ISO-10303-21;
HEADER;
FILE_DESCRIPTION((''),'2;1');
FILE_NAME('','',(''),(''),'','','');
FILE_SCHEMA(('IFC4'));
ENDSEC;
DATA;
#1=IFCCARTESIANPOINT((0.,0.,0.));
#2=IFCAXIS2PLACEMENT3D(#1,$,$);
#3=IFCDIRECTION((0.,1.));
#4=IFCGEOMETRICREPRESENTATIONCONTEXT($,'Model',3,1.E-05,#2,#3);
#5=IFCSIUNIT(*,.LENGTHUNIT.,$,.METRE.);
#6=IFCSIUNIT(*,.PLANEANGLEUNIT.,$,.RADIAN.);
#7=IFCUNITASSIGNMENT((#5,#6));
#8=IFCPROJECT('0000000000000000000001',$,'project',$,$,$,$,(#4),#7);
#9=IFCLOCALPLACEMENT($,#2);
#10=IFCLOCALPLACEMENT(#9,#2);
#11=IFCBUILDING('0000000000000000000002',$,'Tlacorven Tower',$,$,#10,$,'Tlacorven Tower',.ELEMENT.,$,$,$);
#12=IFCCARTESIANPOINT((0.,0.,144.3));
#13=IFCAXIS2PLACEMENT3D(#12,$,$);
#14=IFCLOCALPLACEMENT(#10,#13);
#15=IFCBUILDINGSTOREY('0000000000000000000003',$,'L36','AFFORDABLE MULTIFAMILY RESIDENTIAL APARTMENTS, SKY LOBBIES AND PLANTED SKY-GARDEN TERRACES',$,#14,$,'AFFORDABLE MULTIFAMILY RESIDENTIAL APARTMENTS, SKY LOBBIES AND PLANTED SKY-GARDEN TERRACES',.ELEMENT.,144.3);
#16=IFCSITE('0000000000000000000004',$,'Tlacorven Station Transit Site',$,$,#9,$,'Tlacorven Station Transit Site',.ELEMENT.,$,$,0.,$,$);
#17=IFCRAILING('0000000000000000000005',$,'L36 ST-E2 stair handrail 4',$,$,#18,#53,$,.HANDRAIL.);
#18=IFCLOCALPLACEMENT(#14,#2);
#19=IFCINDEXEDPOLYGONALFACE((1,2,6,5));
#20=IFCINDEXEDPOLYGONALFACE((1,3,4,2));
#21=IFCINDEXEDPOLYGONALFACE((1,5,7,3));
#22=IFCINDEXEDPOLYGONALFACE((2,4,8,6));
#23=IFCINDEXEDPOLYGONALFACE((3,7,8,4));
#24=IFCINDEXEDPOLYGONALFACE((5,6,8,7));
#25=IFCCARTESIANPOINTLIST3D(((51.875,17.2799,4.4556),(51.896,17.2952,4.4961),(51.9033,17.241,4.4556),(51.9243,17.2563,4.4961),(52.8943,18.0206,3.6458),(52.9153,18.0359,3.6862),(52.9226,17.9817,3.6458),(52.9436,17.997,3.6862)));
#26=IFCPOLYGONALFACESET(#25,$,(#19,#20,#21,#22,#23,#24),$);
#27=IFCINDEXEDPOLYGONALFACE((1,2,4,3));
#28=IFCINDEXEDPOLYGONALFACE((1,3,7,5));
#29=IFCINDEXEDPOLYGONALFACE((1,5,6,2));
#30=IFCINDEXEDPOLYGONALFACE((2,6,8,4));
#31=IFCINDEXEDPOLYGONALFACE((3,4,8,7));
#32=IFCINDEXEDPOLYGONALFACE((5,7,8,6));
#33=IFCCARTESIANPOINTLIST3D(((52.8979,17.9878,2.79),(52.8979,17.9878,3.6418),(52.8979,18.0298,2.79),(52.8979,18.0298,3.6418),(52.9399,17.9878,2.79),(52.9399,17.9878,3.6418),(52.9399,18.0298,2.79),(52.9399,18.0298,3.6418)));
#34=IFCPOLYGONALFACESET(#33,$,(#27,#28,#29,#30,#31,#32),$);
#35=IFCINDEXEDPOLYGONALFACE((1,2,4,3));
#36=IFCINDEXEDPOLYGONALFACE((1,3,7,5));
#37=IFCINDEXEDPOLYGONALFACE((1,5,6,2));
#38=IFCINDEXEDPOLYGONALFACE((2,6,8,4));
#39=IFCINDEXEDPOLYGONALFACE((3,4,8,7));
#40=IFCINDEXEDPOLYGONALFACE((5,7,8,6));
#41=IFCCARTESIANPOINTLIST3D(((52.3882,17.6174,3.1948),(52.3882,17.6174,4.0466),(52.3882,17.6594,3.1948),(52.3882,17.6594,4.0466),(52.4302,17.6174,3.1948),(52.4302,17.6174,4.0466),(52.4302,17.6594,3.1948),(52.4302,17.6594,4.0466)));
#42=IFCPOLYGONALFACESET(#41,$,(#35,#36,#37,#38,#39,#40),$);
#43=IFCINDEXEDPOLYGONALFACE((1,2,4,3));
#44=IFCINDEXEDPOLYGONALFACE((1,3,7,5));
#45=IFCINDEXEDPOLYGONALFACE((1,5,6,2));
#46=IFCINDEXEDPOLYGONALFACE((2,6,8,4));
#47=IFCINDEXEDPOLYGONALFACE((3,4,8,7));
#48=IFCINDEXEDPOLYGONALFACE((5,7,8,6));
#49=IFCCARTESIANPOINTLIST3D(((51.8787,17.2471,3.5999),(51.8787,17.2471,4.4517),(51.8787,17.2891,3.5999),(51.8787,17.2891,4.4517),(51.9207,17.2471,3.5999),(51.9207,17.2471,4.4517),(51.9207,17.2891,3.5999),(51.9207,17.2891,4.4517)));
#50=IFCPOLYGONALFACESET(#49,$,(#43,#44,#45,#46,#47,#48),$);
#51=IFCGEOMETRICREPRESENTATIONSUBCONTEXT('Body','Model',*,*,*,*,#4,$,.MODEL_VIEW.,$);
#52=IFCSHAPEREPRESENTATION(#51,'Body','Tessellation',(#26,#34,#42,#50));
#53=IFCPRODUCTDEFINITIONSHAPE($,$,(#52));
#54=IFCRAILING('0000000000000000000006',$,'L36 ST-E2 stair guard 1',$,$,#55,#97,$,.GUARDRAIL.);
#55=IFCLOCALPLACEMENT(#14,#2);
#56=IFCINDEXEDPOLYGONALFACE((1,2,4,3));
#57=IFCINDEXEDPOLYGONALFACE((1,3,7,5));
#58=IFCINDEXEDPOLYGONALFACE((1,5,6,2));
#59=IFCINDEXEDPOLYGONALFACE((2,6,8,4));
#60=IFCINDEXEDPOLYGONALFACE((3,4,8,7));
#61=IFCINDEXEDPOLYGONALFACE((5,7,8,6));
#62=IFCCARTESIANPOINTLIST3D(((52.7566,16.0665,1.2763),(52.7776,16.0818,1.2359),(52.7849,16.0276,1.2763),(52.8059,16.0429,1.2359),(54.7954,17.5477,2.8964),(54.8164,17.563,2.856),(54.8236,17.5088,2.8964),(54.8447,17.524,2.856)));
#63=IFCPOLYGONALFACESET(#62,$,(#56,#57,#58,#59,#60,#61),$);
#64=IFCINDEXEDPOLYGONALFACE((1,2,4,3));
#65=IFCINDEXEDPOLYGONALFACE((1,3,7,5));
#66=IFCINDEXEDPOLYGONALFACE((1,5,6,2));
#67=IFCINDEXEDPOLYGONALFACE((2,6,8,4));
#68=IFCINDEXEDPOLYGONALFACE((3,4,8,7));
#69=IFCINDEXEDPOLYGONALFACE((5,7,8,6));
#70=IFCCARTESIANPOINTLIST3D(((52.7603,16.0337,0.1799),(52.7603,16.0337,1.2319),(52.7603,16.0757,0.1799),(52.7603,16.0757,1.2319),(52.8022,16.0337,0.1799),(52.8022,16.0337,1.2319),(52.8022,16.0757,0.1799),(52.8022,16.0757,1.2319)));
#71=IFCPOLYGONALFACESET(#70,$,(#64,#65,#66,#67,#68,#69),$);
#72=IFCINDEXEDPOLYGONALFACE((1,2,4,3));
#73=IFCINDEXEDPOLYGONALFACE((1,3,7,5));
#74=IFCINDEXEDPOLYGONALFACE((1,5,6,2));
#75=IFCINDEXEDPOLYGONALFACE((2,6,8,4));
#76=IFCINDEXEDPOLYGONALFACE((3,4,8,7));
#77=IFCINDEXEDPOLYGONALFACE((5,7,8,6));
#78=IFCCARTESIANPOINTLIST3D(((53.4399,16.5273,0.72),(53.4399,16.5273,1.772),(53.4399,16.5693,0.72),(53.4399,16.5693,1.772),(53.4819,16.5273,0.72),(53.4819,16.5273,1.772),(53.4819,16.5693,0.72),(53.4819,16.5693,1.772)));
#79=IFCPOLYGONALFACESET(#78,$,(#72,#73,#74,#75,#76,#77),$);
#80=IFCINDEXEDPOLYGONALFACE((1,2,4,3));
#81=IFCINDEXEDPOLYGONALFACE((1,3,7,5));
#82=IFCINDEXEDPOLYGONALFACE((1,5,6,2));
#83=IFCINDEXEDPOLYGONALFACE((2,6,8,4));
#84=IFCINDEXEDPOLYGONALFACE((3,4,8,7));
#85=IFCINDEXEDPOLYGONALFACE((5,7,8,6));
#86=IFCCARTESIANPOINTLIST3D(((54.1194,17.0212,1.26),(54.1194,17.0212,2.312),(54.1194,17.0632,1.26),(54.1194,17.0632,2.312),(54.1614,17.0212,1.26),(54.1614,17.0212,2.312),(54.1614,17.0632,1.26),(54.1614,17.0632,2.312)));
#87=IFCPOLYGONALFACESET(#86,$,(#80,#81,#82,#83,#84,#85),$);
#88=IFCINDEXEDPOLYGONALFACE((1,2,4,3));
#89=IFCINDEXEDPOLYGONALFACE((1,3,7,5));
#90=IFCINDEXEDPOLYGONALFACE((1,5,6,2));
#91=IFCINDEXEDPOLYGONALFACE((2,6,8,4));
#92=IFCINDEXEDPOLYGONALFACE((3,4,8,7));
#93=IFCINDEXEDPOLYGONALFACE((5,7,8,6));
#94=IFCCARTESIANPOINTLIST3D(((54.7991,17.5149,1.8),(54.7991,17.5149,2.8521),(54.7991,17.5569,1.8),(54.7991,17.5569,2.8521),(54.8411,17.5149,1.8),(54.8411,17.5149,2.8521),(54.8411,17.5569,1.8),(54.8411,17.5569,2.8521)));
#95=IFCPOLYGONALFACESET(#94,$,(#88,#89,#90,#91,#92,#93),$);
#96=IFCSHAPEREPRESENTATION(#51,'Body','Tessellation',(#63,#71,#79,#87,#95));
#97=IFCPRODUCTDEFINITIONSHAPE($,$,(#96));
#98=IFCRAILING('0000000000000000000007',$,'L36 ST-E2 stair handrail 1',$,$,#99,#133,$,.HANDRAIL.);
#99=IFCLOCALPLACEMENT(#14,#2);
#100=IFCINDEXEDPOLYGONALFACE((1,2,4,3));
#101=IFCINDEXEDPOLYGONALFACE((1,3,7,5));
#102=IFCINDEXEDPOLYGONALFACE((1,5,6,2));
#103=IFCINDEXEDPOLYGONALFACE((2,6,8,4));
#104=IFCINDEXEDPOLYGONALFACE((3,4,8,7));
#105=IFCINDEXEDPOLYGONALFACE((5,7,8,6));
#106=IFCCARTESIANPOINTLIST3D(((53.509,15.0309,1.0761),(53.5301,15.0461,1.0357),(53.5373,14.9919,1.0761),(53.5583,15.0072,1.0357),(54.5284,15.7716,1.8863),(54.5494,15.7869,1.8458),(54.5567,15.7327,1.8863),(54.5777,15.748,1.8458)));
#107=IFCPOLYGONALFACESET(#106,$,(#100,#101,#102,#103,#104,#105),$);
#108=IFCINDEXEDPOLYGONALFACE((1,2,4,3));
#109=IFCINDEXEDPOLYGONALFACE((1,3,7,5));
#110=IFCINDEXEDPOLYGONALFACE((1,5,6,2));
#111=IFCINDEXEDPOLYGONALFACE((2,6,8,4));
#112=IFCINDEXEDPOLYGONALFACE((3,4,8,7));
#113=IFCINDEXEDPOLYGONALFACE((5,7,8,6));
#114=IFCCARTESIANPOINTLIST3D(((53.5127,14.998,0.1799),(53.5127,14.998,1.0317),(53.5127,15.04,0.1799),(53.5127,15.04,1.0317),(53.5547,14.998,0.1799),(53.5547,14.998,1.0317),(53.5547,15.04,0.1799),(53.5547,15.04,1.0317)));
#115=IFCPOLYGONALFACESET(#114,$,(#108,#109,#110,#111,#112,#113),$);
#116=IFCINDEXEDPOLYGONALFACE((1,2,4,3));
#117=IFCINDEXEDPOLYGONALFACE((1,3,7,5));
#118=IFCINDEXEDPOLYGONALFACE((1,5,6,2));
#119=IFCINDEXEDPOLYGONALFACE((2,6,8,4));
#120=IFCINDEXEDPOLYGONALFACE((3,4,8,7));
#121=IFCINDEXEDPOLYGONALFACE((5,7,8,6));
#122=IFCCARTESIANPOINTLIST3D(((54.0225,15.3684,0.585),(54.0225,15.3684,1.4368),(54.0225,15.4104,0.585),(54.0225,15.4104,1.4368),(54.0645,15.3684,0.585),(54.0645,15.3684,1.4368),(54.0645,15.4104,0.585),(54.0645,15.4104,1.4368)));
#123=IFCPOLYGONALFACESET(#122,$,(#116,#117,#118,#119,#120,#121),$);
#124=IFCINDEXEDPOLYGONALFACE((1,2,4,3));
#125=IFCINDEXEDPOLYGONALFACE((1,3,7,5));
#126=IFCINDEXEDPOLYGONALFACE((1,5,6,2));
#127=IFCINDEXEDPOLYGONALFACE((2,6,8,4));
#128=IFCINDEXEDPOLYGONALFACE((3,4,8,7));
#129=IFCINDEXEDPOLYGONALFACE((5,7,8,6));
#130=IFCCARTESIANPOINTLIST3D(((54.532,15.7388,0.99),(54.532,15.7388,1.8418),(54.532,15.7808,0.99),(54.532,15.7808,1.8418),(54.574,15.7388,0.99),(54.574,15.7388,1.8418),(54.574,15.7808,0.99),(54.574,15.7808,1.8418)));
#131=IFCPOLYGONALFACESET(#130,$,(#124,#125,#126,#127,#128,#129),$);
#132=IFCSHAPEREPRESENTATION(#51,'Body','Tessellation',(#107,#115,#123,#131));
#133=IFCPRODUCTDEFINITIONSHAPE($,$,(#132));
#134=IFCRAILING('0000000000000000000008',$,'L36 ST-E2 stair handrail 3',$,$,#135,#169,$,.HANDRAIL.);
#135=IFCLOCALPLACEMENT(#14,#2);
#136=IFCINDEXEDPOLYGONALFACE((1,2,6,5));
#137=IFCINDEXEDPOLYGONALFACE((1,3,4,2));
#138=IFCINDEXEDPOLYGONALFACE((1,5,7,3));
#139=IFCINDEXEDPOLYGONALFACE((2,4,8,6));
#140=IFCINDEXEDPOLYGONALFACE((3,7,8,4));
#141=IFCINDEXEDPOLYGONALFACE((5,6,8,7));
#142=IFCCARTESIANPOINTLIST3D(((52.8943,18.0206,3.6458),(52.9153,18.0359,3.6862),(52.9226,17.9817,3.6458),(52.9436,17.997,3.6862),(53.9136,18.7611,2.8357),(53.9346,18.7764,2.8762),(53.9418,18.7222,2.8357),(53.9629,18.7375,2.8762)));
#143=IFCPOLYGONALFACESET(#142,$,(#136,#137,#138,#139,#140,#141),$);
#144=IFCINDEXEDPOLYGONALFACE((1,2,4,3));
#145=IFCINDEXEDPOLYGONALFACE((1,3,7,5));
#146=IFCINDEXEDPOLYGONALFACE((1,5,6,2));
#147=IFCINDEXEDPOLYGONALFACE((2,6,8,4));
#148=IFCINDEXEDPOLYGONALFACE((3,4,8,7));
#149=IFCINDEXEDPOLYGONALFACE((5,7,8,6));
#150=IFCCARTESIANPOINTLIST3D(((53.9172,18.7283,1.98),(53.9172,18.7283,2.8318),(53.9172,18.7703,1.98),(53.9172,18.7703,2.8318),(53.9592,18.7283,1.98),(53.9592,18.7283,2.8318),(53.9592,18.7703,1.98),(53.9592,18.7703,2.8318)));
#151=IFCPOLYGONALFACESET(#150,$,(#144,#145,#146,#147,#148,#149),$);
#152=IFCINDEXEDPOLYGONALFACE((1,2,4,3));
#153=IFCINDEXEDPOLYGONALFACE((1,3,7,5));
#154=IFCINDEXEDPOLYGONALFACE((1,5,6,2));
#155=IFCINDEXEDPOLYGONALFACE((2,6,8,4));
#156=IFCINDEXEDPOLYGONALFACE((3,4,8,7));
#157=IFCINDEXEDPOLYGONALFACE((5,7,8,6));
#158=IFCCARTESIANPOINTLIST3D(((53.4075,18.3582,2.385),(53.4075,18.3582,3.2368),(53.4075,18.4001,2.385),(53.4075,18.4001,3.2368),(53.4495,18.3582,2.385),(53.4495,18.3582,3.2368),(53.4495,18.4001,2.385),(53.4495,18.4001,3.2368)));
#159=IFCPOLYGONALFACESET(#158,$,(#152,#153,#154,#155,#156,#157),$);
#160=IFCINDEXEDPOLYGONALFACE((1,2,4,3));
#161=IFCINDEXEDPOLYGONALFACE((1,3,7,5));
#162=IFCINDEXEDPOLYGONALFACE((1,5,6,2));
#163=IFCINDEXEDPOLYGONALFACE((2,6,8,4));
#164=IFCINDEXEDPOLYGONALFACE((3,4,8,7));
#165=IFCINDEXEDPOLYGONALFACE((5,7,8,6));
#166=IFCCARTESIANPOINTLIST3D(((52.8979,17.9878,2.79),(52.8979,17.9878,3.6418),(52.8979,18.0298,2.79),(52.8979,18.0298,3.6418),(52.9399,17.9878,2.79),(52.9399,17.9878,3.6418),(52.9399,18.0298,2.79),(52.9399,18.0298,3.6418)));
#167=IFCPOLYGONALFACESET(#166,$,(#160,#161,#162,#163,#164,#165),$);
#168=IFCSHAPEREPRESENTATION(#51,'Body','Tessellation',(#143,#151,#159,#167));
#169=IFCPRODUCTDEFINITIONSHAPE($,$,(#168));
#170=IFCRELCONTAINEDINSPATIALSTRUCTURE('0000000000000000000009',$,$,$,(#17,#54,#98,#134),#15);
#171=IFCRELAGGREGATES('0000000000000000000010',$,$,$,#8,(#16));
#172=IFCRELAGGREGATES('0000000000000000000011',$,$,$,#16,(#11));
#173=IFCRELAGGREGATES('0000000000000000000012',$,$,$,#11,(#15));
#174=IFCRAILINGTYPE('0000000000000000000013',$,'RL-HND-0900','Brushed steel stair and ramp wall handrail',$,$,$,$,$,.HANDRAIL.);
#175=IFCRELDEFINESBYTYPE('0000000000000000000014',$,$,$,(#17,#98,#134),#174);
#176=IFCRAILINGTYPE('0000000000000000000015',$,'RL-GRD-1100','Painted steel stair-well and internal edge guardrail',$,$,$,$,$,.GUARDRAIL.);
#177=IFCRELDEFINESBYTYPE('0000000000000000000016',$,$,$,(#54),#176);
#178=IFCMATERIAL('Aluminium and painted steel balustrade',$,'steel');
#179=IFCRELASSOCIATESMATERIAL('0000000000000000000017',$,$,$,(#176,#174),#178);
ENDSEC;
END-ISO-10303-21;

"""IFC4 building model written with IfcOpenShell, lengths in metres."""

from ifc_helpers import new_model, si_unit, direction, frame, origin, origin_2d, place, context, subcontext, project, spatial, rectangle, extrude, source, transform, mapped, material, type_object, element, save


model = new_model("IFC4")

# Units and contexts
model_context = context("Model", 3, precision=1e-05, world=origin(), true_north=direction((0.0, 1.0)))
body_context = subcontext(model_context, "Body", "Model", "MODEL_VIEW")
ifc_project = project(units=[si_unit("LENGTHUNIT", "METRE"), si_unit("PLANEANGLEUNIT", "RADIAN")], contexts=[model_context])

# Site, building, storey
site_placement = place(None, origin())
site = spatial("IfcSite", under=ifc_project, at=site_placement, Name="Tlacorven Station Transit Site", LongName="Tlacorven Station Transit Site", CompositionType="ELEMENT", RefElevation=0.0)
building_placement = place(site_placement, origin())
building = spatial("IfcBuilding", under=site, at=building_placement, Name="Tlacorven Tower", LongName="Tlacorven Tower", CompositionType="ELEMENT")
storey_placement = place(building_placement, frame((0.0, 0.0, 144.3)))
storey = spatial("IfcBuildingStorey", under=building, at=storey_placement, Name="L36", Description="AFFORDABLE MULTIFAMILY RESIDENTIAL APARTMENTS, SKY LOBBIES AND PLANTED SKY-GARDEN TERRACES", LongName="AFFORDABLE MULTIFAMILY RESIDENTIAL APARTMENTS, SKY LOBBIES AND PLANTED SKY-GARDEN TERRACES", CompositionType="ELEMENT", Elevation=144.3)

# Railings
ifc_material_1 = material(Name="Aluminium and painted steel balustrade", Category="steel")
railing_type_1 = type_object("IfcRailingType", Name="RL-GRD-1100", Description="Painted steel stair-well and internal edge guardrail", PredefinedType="GUARDRAIL", material=ifc_material_1)
railing_type_2 = type_object("IfcRailingType", Name="RL-HND-0900", Description="Brushed steel stair and ramp wall handrail", PredefinedType="HANDRAIL", material=ifc_material_1)
shared_shape_1 = source(origin(), body_context, "Body", "SweptSolid", [
    extrude(rectangle(XDim=0.0481, YDim=0.0481, at=origin_2d()), frame((0.0, 0.0, 0.876), z_axis=(-0.680521, -0.494539, 0.540668), x_axis=(0.587872, -0.808954, 0.0)), (0.0, 0.0, 1.0), 1.4978),
    extrude(rectangle(XDim=0.042, YDim=0.042, at=origin_2d()), origin(), (0.0, 0.0, 1.0), 0.8518),
    extrude(rectangle(XDim=0.042, YDim=0.042, at=origin_2d()), frame((-0.5098, -0.3704, 0.4048)), (0.0, 0.0, 1.0), 0.8518),
    extrude(rectangle(XDim=0.042, YDim=0.042, at=origin_2d()), frame((-1.0193, -0.7407, 0.8098)), (0.0, 0.0, 1.0), 0.8518),
])
railing_1_placement = place(storey_placement, frame((52.9189, 18.0088, 2.79)))
element("IfcRailing", 1, at=railing_1_placement, inside=storey, type_object=railing_type_2, Name="L36 ST-E2 stair handrail 4", PredefinedType="HANDRAIL", context=body_context, shape_type="MappedRepresentation", body=[
    mapped(shared_shape_1, transform((0.0, 0.0, 0.0), scale=1.0)),
])
shared_shape_2 = source(origin(), body_context, "Body", "SweptSolid", [
    extrude(rectangle(XDim=0.0481, YDim=0.0481, at=origin_2d()), frame((0.0, 0.0, 1.0762), z_axis=(0.680532, 0.494407, 0.540775), x_axis=(-0.587763, 0.809033, 0.0)), (0.0, 0.0, 1.0), 2.9958),
    extrude(rectangle(XDim=0.042, YDim=0.042, at=origin_2d()), origin(), (0.0, 0.0, 1.0), 1.052),
    extrude(rectangle(XDim=0.042, YDim=0.042, at=origin_2d()), frame((0.6797, 0.4937, 0.54)), (0.0, 0.0, 1.0), 1.052),
    extrude(rectangle(XDim=0.042, YDim=0.042, at=origin_2d()), frame((1.3591, 0.9875, 1.0801)), (0.0, 0.0, 1.0), 1.052),
    extrude(rectangle(XDim=0.042, YDim=0.042, at=origin_2d()), frame((2.0388, 1.4812, 1.6201)), (0.0, 0.0, 1.0), 1.052),
])
railing_2_placement = place(storey_placement, frame((52.7812, 16.0547, 0.1799)))
element("IfcRailing", 2, at=railing_2_placement, inside=storey, type_object=railing_type_1, Name="L36 ST-E2 stair guard 1", PredefinedType="GUARDRAIL", context=body_context, shape_type="MappedRepresentation", body=[
    mapped(shared_shape_2, transform((0.0, 0.0, 0.0), scale=1.0)),
])
shared_shape_3 = source(origin(), body_context, "Body", "SweptSolid", [
    extrude(rectangle(XDim=0.0481, YDim=0.0481, at=origin_2d()), frame((0.0, 0.0, 0.876), z_axis=(0.680461, 0.494496, 0.540783), x_axis=(-0.587872, 0.808954, 0.0)), (0.0, 0.0, 1.0), 1.498),
    extrude(rectangle(XDim=0.042, YDim=0.042, at=origin_2d()), origin(), (0.0, 0.0, 1.0), 0.8518),
    extrude(rectangle(XDim=0.042, YDim=0.042, at=origin_2d()), frame((0.5098, 0.3704, 0.405)), (0.0, 0.0, 1.0), 0.8518),
    extrude(rectangle(XDim=0.042, YDim=0.042, at=origin_2d()), frame((1.0193, 0.7407, 0.8101)), (0.0, 0.0, 1.0), 0.8518),
])
railing_3_placement = place(storey_placement, frame((53.5337, 15.019, 0.1799)))
element("IfcRailing", 3, at=railing_3_placement, inside=storey, type_object=railing_type_2, Name="L36 ST-E2 stair handrail 1", PredefinedType="HANDRAIL", context=body_context, shape_type="MappedRepresentation", body=[
    mapped(shared_shape_3, transform((0.0, 0.0, 0.0), scale=1.0)),
])
shared_shape_4 = source(origin(), body_context, "Body", "SweptSolid", [
    extrude(rectangle(XDim=0.0481, YDim=0.0481, at=origin_2d()), frame((0.0, 0.0, 0.876), z_axis=(-0.680516, -0.494373, 0.540827), x_axis=(0.587745, -0.809046, 0.0)), (0.0, 0.0, 1.0), 1.4978),
    extrude(rectangle(XDim=0.042, YDim=0.042, at=origin_2d()), origin(), (0.0, 0.0, 1.0), 0.8518),
    extrude(rectangle(XDim=0.042, YDim=0.042, at=origin_2d()), frame((-0.5098, -0.3701, 0.405)), (0.0, 0.0, 1.0), 0.8518),
    extrude(rectangle(XDim=0.042, YDim=0.042, at=origin_2d()), frame((-1.0193, -0.7405, 0.8101)), (0.0, 0.0, 1.0), 0.8518),
])
railing_4_placement = place(storey_placement, frame((53.9382, 18.7493, 1.98)))
element("IfcRailing", 4, at=railing_4_placement, inside=storey, type_object=railing_type_2, Name="L36 ST-E2 stair handrail 3", PredefinedType="HANDRAIL", context=body_context, shape_type="MappedRepresentation", body=[
    mapped(shared_shape_4, transform((0.0, 0.0, 0.0), scale=1.0)),
])

save(model, "model.ifc")
